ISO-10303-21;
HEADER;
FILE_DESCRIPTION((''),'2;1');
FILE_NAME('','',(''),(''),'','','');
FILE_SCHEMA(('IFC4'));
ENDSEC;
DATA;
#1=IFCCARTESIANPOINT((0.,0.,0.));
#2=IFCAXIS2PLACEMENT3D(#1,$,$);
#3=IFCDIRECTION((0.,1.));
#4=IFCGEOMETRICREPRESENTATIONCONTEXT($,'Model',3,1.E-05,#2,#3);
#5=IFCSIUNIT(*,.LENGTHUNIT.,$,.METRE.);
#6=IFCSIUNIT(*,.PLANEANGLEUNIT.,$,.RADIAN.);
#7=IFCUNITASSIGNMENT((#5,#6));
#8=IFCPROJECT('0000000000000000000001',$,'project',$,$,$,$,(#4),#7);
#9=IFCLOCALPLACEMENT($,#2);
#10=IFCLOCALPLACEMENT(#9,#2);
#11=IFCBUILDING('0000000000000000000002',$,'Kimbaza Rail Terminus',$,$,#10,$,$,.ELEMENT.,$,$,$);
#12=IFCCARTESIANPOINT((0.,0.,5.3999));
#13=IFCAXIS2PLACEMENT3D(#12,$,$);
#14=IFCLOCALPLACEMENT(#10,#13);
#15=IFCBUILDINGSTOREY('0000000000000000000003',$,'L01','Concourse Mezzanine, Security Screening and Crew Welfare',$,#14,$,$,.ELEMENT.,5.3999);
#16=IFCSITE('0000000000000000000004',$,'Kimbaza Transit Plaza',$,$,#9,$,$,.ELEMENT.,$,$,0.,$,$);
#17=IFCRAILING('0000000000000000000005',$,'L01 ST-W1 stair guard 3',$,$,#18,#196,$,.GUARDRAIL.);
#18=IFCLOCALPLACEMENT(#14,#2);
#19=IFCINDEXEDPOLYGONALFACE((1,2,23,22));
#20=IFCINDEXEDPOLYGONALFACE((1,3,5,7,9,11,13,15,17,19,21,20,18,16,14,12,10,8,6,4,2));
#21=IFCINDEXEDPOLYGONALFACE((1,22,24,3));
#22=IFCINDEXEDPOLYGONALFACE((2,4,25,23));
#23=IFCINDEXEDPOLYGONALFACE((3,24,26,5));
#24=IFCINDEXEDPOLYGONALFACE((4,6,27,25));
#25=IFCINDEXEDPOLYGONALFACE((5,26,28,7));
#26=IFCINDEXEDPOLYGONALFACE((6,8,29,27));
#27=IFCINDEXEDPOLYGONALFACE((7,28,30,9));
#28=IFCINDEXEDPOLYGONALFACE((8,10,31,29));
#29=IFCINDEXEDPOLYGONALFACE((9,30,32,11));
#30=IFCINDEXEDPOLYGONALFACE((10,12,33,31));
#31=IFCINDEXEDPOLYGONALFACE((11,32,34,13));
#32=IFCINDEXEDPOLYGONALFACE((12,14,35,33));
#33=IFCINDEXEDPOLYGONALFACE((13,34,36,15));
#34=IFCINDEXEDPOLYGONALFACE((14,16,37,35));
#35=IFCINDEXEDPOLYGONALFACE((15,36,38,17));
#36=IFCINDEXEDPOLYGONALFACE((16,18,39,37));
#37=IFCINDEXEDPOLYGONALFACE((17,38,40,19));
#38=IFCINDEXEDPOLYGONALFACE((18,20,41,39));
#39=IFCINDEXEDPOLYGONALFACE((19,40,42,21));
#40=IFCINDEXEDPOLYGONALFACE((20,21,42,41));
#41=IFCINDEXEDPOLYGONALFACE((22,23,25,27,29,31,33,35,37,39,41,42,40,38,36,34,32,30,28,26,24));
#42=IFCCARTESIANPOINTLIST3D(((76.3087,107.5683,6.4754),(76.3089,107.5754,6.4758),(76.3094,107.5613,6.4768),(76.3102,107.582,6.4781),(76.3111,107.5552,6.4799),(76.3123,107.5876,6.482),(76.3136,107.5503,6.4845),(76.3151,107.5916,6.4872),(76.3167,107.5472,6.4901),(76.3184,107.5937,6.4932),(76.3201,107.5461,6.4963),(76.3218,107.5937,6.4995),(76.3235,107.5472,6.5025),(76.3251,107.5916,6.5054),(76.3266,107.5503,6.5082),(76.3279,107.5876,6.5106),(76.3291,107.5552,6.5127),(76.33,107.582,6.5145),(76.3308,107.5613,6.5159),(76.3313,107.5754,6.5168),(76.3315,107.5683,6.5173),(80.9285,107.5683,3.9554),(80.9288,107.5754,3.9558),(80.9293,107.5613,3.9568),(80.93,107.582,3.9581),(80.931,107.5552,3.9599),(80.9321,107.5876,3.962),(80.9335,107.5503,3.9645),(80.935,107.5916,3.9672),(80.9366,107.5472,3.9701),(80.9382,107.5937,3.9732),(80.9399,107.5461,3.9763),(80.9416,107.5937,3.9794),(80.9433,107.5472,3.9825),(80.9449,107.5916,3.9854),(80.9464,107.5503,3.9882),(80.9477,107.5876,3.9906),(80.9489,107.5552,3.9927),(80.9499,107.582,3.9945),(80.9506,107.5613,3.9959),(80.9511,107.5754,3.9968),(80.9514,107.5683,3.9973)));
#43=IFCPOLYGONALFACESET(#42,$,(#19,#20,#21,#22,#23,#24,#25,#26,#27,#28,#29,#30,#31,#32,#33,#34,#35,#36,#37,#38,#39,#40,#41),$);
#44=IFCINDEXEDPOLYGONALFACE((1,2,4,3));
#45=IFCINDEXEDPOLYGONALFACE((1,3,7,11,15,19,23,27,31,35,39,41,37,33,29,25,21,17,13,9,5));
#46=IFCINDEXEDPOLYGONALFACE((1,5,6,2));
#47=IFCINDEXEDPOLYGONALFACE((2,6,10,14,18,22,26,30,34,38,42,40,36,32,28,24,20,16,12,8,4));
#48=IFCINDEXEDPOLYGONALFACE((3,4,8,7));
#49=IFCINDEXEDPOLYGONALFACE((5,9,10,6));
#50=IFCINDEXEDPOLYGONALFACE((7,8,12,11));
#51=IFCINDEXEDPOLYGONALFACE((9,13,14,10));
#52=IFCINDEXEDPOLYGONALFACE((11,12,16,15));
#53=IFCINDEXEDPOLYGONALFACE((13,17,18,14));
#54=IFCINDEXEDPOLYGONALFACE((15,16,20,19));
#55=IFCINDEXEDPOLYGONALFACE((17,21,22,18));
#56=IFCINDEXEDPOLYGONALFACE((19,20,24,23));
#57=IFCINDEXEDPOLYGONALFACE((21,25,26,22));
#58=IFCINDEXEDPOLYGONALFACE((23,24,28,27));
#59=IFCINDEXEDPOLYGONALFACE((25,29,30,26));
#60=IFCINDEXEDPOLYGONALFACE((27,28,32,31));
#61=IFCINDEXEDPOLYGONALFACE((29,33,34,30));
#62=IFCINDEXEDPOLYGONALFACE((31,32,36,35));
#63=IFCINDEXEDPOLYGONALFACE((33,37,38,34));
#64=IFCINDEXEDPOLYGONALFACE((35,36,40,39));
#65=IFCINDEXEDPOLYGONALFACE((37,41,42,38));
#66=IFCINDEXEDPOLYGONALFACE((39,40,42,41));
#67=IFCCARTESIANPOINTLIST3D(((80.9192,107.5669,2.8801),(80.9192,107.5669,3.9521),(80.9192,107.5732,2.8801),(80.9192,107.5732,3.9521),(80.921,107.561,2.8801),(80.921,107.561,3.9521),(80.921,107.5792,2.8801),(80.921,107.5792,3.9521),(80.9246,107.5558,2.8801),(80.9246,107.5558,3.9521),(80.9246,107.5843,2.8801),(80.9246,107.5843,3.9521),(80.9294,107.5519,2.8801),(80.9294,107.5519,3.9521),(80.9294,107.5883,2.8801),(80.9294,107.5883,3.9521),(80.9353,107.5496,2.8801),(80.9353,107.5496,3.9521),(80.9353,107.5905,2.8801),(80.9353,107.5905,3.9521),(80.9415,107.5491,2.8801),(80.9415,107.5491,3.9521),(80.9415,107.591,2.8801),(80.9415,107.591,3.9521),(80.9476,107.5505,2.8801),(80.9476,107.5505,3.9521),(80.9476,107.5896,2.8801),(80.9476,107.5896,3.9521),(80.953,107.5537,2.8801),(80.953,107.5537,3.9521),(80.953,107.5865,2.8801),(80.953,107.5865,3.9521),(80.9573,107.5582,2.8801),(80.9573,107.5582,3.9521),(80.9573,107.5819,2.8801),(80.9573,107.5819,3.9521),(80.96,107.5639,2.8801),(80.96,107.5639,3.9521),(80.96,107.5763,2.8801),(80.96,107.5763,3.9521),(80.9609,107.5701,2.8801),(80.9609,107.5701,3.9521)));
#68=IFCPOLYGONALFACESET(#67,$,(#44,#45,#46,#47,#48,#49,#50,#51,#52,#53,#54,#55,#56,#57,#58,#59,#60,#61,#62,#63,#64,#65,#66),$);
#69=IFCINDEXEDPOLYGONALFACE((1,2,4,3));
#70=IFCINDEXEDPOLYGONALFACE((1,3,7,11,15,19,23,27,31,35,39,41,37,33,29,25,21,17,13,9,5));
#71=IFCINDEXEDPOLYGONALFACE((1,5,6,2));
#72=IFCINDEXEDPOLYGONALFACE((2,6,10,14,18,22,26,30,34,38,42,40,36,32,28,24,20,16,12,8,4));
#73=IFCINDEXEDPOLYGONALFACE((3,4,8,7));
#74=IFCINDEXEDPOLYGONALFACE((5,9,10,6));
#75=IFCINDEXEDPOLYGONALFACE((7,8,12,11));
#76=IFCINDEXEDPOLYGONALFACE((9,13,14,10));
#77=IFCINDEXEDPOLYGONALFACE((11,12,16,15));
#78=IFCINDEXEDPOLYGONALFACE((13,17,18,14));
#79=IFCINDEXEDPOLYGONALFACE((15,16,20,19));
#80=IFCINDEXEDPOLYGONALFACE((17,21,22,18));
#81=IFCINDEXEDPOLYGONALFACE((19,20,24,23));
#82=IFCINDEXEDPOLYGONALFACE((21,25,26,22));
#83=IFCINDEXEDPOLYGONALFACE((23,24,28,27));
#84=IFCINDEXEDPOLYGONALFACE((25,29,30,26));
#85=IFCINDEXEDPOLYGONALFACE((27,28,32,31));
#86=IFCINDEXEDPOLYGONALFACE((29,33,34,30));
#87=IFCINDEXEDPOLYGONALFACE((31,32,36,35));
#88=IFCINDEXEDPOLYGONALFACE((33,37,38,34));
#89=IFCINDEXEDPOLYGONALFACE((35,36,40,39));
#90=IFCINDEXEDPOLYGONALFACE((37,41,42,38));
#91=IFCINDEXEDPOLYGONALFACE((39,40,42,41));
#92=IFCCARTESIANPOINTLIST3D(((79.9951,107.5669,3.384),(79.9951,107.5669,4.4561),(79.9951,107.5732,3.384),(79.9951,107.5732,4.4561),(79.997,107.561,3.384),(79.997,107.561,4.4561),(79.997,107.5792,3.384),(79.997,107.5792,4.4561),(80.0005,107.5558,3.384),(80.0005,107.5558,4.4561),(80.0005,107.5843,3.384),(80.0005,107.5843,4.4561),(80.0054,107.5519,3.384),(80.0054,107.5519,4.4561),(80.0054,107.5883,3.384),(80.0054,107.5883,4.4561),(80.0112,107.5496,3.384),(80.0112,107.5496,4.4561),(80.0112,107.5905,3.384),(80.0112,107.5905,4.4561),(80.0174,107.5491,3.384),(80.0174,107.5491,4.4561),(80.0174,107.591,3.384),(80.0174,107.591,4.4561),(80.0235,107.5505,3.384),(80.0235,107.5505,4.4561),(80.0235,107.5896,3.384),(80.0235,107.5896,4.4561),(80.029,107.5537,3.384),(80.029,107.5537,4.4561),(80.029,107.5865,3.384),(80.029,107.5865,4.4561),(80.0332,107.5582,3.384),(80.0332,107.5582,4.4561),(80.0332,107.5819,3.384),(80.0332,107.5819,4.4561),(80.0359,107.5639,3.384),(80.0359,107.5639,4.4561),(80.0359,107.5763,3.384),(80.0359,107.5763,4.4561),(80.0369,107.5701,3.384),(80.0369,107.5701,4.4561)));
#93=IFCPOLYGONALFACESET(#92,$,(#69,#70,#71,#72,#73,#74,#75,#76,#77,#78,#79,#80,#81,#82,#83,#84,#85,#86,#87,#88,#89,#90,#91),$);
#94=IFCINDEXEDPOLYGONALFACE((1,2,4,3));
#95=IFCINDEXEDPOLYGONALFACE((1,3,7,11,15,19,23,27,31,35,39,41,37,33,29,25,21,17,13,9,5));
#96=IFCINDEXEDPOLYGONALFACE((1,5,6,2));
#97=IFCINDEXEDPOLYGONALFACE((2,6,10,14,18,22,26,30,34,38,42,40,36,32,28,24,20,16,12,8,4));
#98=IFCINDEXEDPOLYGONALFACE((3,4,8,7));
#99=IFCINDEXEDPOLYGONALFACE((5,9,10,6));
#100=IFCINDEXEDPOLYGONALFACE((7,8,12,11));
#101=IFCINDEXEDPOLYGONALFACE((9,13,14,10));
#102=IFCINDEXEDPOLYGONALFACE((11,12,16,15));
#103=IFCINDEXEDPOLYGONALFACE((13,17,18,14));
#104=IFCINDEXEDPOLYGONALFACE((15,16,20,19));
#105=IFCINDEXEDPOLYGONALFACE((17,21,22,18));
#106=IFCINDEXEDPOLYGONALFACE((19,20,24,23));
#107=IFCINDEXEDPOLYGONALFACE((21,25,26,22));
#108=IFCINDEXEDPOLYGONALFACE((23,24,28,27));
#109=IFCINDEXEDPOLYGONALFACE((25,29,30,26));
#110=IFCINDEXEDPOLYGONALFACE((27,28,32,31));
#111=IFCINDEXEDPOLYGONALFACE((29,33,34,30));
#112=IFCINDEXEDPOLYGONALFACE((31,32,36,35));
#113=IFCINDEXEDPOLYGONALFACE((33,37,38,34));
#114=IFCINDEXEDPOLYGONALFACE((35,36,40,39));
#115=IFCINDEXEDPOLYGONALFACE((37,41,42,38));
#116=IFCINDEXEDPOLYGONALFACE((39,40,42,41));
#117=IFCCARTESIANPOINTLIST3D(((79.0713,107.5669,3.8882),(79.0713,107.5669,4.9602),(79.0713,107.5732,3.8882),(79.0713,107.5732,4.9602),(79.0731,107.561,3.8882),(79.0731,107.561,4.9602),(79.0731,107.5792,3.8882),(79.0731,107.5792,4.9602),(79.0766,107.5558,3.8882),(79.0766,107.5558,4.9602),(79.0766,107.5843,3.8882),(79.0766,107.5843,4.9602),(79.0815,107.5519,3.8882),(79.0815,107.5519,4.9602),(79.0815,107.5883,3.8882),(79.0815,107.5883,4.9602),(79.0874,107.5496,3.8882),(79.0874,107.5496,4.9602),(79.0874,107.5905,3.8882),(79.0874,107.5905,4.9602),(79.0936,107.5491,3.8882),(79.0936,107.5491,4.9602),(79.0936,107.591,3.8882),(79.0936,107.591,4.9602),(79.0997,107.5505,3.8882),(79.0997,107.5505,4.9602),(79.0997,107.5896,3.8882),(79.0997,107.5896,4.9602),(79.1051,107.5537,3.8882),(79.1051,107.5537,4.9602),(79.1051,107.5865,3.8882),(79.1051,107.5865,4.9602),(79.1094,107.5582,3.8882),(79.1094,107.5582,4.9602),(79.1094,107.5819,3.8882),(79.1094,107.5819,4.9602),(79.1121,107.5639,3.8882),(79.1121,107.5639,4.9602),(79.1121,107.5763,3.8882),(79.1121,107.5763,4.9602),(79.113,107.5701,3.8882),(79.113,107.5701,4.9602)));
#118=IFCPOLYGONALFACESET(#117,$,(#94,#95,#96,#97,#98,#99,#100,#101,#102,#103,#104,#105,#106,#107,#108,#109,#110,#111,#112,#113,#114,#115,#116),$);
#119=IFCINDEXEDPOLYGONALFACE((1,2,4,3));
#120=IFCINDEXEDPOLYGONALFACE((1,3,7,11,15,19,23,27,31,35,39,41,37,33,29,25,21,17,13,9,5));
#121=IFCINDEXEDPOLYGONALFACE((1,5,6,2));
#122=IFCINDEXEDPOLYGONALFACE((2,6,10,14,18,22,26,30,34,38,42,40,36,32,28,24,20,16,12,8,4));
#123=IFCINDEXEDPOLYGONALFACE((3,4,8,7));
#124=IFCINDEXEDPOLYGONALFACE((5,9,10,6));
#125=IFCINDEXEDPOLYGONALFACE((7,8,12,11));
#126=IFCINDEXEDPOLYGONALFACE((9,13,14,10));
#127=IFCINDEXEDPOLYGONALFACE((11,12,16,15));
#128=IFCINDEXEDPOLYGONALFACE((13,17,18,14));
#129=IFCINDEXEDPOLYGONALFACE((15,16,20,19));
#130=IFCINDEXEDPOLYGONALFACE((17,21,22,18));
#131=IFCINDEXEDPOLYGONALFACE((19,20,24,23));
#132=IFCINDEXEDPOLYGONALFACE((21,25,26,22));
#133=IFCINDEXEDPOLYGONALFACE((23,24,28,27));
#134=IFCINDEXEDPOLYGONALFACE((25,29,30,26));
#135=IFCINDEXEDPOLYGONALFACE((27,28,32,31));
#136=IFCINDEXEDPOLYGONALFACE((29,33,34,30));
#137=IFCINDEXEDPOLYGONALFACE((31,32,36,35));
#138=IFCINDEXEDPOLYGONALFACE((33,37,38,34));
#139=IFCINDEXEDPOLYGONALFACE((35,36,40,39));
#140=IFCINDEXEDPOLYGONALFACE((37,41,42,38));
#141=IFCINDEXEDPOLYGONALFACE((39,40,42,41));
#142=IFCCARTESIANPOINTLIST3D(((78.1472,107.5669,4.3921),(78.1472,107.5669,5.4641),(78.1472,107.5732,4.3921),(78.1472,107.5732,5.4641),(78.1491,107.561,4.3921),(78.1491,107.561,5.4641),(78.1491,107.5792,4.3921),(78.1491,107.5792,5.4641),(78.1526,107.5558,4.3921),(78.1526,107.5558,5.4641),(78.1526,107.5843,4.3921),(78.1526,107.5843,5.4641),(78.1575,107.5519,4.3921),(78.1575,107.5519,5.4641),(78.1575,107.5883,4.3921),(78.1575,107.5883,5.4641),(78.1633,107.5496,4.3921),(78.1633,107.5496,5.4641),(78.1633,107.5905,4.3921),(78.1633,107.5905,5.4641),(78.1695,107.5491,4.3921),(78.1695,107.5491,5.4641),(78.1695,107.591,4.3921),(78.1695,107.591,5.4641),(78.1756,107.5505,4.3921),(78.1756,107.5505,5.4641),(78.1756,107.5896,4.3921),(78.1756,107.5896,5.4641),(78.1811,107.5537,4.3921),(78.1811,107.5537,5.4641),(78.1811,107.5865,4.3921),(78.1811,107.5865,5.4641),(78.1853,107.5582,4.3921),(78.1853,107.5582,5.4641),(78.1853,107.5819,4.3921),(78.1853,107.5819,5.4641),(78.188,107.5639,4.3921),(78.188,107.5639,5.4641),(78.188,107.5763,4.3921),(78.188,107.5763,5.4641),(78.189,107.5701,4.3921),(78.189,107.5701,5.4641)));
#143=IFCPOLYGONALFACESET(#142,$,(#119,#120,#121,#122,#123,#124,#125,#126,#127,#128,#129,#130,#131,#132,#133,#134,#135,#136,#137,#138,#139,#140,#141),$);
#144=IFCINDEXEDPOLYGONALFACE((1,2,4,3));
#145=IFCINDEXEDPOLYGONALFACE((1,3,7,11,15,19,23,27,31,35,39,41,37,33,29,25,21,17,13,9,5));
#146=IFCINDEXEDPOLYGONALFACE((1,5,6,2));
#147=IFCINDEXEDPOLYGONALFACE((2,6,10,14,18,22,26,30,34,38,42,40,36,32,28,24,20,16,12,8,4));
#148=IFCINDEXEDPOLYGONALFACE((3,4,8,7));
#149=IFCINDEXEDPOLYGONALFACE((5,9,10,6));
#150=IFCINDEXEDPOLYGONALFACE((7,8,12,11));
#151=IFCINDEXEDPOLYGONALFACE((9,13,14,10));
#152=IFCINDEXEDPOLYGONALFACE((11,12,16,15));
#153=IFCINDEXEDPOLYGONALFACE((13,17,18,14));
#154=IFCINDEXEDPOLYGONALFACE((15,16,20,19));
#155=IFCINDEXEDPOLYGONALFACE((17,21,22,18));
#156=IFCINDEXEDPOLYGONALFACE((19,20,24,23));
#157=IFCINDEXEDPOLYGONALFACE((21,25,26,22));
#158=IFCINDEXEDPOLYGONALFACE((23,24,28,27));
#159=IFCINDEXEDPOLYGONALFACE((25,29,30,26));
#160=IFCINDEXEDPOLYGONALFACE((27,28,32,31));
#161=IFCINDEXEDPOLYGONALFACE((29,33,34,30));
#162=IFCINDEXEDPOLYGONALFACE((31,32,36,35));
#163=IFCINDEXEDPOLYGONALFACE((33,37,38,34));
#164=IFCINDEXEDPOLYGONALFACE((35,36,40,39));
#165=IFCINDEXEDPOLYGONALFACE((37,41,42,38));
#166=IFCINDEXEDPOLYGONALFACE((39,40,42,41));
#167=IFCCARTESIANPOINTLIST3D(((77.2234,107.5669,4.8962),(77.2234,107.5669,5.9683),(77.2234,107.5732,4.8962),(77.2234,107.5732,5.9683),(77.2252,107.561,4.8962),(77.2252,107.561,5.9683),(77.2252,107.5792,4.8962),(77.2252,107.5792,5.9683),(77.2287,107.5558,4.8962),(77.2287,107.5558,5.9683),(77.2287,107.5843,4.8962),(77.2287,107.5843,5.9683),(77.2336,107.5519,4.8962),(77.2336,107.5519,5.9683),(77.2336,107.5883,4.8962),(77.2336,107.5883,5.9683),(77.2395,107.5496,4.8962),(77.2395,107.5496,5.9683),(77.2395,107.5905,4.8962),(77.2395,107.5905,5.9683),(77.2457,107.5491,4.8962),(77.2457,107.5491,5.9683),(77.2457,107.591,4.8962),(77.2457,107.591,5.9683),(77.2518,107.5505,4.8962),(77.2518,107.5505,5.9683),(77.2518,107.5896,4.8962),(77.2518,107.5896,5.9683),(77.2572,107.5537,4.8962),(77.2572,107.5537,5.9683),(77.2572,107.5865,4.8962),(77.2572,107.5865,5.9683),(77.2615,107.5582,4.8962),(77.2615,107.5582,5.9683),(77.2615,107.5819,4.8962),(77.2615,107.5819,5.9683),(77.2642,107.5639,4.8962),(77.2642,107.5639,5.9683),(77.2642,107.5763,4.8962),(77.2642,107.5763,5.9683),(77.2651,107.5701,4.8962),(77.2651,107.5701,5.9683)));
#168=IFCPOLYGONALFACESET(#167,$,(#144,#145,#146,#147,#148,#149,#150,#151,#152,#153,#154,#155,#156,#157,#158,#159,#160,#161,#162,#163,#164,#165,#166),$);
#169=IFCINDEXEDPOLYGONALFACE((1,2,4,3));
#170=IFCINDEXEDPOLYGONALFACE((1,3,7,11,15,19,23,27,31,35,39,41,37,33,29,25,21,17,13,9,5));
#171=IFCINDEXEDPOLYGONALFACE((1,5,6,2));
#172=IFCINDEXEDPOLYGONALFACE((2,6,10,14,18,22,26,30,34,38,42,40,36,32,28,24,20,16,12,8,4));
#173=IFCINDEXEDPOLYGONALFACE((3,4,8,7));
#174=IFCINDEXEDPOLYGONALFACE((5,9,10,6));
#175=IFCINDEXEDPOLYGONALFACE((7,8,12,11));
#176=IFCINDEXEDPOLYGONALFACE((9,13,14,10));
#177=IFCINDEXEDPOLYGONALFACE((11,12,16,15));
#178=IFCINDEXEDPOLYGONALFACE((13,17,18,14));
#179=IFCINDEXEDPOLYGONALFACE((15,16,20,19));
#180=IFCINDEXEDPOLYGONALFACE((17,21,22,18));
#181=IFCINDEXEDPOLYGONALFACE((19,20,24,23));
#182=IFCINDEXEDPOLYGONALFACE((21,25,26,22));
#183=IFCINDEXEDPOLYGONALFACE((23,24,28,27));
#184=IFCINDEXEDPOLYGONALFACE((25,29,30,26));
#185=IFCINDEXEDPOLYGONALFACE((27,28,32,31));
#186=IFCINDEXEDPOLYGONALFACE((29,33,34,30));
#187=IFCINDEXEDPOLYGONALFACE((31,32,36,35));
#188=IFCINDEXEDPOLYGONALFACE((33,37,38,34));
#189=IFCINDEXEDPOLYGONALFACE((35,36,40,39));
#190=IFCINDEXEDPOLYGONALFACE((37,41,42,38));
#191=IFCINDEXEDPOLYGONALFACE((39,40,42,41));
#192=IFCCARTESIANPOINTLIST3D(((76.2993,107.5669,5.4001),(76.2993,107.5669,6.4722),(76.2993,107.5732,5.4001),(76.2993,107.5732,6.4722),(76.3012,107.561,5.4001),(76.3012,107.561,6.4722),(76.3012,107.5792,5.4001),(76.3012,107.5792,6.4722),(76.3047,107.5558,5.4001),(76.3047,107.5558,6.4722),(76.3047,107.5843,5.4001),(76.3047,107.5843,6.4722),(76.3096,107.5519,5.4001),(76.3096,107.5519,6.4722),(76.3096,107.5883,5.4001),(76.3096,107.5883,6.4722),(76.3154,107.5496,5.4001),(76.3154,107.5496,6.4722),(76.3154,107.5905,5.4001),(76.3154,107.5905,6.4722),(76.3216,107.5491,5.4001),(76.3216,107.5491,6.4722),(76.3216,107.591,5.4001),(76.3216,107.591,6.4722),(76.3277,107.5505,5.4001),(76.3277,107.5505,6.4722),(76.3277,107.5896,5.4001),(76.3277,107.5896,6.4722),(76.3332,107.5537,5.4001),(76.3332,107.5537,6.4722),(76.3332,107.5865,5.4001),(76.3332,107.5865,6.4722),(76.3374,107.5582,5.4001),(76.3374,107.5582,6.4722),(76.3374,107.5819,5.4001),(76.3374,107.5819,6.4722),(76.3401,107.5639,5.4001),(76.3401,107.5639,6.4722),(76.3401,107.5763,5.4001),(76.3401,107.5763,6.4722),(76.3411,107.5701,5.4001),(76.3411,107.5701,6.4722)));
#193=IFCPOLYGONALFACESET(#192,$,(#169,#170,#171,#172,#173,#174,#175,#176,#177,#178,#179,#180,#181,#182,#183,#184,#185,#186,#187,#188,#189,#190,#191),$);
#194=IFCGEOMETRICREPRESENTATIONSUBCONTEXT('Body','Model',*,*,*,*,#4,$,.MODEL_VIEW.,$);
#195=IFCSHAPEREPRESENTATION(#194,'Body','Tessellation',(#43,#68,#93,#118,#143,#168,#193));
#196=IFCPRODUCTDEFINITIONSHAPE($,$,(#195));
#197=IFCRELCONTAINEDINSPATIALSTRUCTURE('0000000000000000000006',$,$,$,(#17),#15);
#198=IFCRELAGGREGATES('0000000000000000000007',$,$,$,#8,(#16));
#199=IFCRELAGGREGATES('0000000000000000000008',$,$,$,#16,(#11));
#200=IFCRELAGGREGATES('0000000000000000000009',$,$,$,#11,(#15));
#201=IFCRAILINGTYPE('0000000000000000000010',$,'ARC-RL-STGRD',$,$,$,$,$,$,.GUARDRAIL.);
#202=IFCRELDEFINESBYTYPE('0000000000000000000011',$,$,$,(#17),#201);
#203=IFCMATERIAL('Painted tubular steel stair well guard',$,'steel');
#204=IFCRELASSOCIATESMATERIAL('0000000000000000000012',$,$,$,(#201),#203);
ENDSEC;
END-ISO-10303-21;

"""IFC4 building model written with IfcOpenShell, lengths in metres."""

from ifc_helpers import new_model, si_unit, direction, frame, origin, origin_2d, place, context, subcontext, project, spatial, circle, extrude, material, type_object, element, save


model = new_model("IFC4")

# Units and contexts
model_context = context("Model", 3, precision=1e-05, world=origin(), true_north=direction((0.0, 1.0)))
body_context = subcontext(model_context, "Body", "Model", "MODEL_VIEW")
ifc_project = project(units=[si_unit("LENGTHUNIT", "METRE"), si_unit("PLANEANGLEUNIT", "RADIAN")], contexts=[model_context])

# Site, building, storey
site_placement = place(None, origin())
site = spatial("IfcSite", under=ifc_project, at=site_placement, Name="Kimbaza Transit Plaza", CompositionType="ELEMENT", RefElevation=0.0)
building_placement = place(site_placement, origin())
building = spatial("IfcBuilding", under=site, at=building_placement, Name="Kimbaza Rail Terminus", CompositionType="ELEMENT")
storey_placement = place(building_placement, frame((0.0, 0.0, 5.3999)))
storey = spatial("IfcBuildingStorey", under=building, at=storey_placement, Name="L01", Description="Concourse Mezzanine, Security Screening and Crew Welfare", CompositionType="ELEMENT", Elevation=5.3999)

# Railing
ifc_material_1 = material(Name="Painted tubular steel stair well guard", Category="steel")
railing_type_1 = type_object("IfcRailingType", Name="ARC-RL-STGRD", PredefinedType="GUARDRAIL", material=ifc_material_1)
railing_1_placement = place(storey_placement, frame((80.9399, 107.5701, 2.8801)))
element("IfcRailing", 1, at=railing_1_placement, inside=storey, type_object=railing_type_1, Name="L01 ST-W1 stair guard 3", PredefinedType="GUARDRAIL", context=body_context, shape_type="SweptSolid", body=[
    extrude(circle(Radius=0.0239, at=origin_2d()), frame((0.0, 0.0, 1.0962), z_axis=(-0.877888, 0.0, 0.478865), x_axis=(0.0, -1.0, 0.0)), (0.0, 0.0, 1.0), 5.2625),
    extrude(circle(Radius=0.021, at=origin_2d()), origin(), (0.0, 0.0, 1.0), 1.072),
    extrude(circle(Radius=0.021, at=origin_2d()), frame((-0.9241, 0.0, 0.5039)), (0.0, 0.0, 1.0), 1.072),
    extrude(circle(Radius=0.021, at=origin_2d()), frame((-1.8479, 0.0, 1.0081)), (0.0, 0.0, 1.0), 1.072),
    extrude(circle(Radius=0.021, at=origin_2d()), frame((-2.772, 0.0, 1.512)), (0.0, 0.0, 1.0), 1.072),
    extrude(circle(Radius=0.021, at=origin_2d()), frame((-3.6958, 0.0, 2.0161)), (0.0, 0.0, 1.0), 1.072),
    extrude(circle(Radius=0.021, at=origin_2d()), frame((-4.6199, 0.0, 2.52)), (0.0, 0.0, 1.0), 1.072),
])

save(model, "model.ifc")
